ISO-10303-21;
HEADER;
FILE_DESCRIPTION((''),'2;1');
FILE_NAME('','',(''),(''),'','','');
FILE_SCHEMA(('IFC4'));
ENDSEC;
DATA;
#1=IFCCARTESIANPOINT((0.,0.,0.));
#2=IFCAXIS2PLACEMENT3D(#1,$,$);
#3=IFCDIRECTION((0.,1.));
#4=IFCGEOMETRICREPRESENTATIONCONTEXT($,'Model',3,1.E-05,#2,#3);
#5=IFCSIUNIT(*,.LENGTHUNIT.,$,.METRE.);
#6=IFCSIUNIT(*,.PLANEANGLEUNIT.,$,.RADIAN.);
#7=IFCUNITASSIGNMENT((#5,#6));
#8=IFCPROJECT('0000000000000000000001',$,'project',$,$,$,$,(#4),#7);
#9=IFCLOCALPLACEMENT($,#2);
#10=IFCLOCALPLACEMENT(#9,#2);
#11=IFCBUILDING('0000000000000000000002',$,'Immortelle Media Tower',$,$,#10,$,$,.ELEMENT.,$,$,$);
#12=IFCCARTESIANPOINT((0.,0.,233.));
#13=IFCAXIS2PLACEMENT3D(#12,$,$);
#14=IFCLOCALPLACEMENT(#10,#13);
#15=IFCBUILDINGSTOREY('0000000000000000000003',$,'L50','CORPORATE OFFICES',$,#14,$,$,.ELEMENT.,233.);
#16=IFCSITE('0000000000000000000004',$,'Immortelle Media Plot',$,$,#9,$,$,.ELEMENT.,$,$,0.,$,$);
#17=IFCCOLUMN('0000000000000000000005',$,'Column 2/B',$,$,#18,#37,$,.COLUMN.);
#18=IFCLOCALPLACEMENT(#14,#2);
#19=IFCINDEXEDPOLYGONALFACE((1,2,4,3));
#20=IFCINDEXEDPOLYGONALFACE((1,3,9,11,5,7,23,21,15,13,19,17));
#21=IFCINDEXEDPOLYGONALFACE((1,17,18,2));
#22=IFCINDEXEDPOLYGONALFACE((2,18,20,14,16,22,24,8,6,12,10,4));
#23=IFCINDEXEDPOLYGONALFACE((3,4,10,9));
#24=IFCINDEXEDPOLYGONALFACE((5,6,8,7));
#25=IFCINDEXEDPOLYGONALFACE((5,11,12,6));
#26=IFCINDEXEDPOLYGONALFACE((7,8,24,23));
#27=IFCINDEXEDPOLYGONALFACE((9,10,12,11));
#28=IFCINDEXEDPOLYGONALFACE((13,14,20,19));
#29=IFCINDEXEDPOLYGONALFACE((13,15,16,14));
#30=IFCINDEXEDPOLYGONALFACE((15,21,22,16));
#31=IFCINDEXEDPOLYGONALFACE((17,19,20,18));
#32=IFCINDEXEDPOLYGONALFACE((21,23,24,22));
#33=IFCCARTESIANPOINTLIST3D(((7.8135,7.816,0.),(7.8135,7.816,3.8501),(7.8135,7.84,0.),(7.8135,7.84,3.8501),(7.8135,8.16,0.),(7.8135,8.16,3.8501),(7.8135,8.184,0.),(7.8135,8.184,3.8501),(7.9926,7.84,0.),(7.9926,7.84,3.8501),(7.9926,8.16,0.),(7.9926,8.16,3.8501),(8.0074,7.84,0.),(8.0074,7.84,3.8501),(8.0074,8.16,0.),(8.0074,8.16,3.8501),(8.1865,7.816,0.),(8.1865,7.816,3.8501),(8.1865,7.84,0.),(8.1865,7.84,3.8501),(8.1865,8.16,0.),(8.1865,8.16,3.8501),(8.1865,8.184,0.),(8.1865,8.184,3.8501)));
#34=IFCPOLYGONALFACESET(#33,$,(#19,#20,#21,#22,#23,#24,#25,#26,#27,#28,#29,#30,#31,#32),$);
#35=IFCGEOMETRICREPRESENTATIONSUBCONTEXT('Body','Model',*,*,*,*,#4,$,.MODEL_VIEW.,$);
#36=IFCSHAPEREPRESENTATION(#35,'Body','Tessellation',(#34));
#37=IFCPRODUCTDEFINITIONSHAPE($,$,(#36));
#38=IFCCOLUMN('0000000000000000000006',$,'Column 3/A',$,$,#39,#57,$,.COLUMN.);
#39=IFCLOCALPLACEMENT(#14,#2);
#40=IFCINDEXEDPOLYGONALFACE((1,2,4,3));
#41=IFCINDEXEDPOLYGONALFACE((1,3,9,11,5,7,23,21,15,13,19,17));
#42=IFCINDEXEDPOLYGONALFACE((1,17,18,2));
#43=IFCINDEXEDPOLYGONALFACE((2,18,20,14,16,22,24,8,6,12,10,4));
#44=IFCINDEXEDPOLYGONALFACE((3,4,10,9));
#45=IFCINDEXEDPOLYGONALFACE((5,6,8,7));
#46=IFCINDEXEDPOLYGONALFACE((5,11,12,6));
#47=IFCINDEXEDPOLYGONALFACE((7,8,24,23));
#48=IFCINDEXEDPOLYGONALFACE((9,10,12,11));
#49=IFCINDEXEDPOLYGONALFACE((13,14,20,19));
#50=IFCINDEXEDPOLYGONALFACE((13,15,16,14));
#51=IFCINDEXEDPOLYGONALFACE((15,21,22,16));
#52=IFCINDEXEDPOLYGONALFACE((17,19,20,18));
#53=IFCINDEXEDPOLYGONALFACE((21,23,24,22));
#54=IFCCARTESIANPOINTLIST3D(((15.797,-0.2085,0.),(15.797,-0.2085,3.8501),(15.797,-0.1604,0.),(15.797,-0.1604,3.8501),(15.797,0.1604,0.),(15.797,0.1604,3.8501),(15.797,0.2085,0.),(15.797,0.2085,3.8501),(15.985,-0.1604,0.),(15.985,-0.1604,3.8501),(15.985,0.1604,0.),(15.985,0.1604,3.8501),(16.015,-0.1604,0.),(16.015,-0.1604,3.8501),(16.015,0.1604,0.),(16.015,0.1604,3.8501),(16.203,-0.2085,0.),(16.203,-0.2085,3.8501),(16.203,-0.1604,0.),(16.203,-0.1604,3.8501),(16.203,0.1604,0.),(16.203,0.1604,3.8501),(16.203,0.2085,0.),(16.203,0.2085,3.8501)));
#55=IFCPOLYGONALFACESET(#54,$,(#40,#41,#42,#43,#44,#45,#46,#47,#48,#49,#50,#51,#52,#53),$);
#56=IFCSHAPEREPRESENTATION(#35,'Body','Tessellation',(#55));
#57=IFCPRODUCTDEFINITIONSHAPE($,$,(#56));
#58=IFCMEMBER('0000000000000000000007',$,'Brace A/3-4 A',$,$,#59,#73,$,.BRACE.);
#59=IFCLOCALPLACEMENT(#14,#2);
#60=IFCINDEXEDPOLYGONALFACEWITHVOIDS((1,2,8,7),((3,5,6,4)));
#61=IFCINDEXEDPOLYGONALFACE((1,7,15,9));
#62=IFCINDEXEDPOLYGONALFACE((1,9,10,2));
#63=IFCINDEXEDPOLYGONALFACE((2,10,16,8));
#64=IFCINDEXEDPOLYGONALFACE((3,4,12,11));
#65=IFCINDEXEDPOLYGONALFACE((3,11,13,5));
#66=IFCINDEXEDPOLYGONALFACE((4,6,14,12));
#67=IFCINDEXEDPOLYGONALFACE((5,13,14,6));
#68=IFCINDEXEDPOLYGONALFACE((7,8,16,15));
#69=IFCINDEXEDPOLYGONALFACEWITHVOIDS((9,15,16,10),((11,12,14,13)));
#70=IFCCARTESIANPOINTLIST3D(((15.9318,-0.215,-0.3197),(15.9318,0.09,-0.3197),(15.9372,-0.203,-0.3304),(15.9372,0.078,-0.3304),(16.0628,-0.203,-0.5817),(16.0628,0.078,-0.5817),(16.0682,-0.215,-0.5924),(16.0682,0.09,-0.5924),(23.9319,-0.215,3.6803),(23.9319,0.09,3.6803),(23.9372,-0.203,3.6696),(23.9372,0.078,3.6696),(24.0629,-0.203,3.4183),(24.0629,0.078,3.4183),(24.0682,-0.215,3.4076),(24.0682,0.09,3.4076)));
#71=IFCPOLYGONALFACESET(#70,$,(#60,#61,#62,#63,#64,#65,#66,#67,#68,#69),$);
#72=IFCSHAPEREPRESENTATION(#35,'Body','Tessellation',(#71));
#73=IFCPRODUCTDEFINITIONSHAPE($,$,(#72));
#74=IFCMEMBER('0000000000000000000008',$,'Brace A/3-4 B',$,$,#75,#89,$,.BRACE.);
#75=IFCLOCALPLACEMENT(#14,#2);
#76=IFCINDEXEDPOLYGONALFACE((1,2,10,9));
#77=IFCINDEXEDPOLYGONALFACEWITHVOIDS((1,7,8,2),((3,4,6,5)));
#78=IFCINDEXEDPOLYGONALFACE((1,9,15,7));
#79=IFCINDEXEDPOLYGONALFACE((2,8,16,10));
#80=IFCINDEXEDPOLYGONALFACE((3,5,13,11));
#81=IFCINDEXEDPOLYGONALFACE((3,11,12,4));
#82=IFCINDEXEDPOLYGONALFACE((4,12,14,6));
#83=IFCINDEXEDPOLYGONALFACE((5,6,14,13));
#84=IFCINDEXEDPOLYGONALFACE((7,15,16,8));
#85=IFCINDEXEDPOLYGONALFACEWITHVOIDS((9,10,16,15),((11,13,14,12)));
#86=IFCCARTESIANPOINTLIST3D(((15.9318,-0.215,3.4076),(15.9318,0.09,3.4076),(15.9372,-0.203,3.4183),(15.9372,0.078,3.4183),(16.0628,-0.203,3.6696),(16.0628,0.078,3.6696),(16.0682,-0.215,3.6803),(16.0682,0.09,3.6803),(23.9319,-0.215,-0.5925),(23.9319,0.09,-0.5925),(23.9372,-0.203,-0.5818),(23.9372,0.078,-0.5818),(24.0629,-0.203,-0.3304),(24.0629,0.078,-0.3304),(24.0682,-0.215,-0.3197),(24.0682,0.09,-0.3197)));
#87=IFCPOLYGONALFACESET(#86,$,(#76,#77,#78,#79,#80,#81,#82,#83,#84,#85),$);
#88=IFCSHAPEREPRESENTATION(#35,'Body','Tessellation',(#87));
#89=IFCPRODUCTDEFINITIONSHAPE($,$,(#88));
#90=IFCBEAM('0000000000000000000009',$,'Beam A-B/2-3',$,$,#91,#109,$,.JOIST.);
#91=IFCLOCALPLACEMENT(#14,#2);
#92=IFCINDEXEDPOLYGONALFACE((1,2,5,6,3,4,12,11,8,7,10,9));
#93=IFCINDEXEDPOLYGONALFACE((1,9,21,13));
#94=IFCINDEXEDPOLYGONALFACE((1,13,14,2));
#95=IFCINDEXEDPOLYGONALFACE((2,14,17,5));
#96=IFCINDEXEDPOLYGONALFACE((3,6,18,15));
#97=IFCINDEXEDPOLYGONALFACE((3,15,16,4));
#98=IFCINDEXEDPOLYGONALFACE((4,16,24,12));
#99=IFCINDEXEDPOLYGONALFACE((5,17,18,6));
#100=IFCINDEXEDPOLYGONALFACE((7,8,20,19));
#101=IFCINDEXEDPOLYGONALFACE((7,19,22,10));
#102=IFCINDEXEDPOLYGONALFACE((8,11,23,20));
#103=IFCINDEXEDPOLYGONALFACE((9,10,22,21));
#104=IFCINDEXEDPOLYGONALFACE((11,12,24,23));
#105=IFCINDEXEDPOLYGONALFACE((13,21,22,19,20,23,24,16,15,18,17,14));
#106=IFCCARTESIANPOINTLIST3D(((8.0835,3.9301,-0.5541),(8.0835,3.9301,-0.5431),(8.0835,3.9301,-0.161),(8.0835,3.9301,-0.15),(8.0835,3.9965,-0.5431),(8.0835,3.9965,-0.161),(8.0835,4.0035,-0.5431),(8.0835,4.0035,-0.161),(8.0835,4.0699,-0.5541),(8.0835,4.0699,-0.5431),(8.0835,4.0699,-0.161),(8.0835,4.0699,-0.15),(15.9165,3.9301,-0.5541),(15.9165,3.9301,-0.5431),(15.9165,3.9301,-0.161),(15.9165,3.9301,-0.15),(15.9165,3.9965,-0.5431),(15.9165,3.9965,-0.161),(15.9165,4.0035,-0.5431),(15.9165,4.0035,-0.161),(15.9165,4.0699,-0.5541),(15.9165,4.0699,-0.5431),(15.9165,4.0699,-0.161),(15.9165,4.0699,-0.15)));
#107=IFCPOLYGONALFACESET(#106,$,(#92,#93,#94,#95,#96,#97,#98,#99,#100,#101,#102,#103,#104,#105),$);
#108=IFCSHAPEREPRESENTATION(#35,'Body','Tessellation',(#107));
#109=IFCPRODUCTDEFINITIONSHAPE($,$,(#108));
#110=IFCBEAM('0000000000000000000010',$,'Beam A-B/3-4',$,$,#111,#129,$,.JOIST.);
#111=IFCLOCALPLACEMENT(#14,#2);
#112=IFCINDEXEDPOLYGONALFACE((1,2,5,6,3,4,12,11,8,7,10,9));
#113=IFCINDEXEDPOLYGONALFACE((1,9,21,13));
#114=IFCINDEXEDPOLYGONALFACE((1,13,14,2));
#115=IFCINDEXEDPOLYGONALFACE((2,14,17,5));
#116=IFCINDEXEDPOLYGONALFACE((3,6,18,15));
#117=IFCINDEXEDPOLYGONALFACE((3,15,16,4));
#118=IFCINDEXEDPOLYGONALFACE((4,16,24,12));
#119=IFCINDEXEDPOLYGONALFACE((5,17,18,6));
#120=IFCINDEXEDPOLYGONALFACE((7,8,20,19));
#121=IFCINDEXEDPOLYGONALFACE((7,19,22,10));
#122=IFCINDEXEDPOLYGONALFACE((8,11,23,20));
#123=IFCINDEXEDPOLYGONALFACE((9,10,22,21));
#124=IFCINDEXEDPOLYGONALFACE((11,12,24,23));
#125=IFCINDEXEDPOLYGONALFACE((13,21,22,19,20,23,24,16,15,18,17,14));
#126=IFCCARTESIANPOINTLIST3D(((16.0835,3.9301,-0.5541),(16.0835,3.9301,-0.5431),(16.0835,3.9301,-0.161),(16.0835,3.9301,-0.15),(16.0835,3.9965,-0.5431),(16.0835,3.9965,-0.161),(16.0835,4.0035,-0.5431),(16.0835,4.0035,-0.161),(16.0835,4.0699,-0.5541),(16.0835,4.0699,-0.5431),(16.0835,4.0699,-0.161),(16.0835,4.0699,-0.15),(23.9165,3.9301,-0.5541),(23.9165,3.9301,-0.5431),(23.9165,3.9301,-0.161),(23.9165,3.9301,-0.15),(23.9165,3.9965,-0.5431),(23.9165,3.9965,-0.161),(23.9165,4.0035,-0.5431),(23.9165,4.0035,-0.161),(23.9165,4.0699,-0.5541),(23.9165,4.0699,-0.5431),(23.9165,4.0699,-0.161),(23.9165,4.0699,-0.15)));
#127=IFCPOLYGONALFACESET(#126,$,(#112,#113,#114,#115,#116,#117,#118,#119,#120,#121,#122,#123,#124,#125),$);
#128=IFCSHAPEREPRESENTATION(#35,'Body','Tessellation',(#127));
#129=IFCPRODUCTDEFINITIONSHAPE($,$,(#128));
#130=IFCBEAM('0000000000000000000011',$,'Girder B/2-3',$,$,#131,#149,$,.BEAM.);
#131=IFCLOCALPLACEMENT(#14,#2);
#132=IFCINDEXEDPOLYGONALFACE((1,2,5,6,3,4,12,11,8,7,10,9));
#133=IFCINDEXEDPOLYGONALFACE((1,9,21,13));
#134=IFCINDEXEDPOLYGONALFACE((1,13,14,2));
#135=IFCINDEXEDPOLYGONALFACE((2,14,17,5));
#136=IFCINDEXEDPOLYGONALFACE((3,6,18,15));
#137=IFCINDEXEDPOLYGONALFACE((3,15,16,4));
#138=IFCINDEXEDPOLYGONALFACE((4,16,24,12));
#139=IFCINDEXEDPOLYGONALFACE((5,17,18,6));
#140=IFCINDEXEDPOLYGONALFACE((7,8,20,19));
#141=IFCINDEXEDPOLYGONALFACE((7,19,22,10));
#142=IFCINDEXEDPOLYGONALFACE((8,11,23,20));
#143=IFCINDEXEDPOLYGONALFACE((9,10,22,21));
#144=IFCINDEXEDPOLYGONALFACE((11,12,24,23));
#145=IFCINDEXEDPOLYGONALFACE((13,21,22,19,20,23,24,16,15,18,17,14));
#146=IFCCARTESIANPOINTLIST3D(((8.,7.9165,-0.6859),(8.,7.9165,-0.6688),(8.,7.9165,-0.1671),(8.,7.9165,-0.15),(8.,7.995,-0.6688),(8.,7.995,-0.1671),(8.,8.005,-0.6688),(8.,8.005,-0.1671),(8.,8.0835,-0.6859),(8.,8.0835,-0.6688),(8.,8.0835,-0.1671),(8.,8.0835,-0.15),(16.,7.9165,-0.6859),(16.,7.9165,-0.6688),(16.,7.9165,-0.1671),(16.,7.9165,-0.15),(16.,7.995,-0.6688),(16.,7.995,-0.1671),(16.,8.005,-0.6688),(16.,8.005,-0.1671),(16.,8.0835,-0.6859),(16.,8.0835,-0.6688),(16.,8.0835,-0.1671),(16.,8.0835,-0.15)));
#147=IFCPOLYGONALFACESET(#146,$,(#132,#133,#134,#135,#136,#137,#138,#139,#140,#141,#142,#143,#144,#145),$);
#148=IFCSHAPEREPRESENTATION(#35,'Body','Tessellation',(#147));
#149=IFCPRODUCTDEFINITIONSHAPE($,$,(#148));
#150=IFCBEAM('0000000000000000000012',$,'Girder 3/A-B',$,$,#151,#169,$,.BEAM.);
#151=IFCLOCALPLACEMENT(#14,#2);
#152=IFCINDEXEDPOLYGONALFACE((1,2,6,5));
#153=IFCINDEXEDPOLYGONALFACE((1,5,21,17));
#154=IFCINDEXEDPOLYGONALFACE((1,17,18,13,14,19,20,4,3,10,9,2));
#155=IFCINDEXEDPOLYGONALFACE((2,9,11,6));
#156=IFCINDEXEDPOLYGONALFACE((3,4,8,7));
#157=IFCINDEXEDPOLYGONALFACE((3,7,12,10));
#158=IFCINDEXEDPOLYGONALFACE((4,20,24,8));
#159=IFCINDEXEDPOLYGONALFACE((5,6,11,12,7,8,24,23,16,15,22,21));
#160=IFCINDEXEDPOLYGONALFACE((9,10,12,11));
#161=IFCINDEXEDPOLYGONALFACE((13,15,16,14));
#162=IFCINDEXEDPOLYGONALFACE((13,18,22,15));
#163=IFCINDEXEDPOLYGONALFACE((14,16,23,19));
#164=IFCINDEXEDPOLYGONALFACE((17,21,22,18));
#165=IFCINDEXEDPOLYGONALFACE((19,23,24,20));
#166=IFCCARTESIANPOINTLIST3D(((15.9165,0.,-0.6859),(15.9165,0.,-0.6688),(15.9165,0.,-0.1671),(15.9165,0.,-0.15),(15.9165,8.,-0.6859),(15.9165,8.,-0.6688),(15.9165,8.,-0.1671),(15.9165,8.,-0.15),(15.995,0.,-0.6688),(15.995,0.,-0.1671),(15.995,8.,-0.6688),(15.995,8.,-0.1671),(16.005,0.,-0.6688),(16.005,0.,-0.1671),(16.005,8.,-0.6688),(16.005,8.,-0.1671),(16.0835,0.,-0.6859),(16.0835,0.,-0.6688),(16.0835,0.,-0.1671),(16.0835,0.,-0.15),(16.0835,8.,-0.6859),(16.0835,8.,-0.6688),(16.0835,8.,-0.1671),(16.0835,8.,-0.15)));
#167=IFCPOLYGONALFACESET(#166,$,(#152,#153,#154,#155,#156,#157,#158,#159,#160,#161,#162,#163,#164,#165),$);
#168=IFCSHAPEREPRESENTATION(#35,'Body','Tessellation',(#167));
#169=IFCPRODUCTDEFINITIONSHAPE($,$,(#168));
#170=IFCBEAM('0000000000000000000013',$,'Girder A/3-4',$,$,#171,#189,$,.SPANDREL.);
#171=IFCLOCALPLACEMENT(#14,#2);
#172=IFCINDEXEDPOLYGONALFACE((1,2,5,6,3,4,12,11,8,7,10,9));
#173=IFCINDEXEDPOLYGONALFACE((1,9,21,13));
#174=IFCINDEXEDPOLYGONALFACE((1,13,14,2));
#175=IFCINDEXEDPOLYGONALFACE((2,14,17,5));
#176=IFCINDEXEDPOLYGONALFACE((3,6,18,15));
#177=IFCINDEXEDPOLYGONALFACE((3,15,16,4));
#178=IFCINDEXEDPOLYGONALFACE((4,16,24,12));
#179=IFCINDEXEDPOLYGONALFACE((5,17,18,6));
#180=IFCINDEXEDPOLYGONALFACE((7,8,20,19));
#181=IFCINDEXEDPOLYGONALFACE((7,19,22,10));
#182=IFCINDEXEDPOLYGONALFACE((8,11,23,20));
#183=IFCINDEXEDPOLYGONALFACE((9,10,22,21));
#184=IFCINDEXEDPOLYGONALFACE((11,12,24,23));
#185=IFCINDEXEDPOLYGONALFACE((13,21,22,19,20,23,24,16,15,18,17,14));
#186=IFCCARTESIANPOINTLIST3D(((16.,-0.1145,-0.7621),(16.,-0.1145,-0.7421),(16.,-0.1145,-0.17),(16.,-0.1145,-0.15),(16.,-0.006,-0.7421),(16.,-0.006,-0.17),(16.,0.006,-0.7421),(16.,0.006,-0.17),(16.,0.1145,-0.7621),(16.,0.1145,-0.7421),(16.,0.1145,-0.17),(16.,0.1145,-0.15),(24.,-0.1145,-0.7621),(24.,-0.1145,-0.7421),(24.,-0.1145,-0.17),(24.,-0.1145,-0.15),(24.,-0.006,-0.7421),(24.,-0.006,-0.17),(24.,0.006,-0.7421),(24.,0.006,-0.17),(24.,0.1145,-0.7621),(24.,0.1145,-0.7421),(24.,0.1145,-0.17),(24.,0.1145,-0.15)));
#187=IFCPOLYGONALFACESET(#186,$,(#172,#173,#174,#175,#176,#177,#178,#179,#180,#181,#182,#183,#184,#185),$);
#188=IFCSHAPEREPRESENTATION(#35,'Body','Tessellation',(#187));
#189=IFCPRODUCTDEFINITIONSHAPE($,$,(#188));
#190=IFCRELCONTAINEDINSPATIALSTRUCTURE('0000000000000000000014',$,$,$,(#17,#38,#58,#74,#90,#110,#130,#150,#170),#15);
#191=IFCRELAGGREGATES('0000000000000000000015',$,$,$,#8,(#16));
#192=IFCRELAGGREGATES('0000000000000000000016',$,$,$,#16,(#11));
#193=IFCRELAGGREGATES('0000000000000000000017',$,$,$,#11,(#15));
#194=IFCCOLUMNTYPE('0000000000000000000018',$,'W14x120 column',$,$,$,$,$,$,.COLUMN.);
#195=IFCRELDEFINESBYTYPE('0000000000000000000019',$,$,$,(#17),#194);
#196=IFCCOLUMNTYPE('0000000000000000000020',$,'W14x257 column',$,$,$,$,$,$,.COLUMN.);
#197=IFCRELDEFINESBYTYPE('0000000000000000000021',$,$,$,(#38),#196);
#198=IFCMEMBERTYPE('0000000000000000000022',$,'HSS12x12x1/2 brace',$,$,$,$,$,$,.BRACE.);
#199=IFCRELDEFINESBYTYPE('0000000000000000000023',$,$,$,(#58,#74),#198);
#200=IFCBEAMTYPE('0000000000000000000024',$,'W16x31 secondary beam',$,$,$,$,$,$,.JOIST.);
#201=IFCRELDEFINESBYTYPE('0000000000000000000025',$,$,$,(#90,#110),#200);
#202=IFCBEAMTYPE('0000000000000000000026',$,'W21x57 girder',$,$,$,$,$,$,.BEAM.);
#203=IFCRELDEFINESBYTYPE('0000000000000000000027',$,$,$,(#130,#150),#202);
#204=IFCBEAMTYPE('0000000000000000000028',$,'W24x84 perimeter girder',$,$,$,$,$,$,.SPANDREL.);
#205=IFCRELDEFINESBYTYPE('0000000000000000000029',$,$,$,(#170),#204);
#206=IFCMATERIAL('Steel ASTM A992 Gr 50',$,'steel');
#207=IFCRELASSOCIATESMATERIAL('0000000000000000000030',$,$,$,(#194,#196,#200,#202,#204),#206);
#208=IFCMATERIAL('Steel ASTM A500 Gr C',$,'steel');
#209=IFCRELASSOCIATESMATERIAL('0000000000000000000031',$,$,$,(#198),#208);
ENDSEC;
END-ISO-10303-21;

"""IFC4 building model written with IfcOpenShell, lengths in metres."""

from ifc_helpers import new_model, si_unit, direction, frame, origin, origin_2d, place, context, subcontext, project, spatial, hollow_rectangle, i_section, extrude, material, material_profile, profile_set, type_object, element, save


model = new_model("IFC4")

# Units and contexts
model_context = context("Model", 3, precision=1e-05, world=origin(), true_north=direction((0.0, 1.0)))
body_context = subcontext(model_context, "Body", "Model", "MODEL_VIEW")
ifc_project = project(units=[si_unit("LENGTHUNIT", "METRE"), si_unit("PLANEANGLEUNIT", "RADIAN")], contexts=[model_context])

# Site, building, storey
site_placement = place(None, origin())
site = spatial("IfcSite", under=ifc_project, at=site_placement, Name="Immortelle Media Plot", CompositionType="ELEMENT", RefElevation=0.0)
building_placement = place(site_placement, origin())
building = spatial("IfcBuilding", under=site, at=building_placement, Name="Immortelle Media Tower", CompositionType="ELEMENT")
storey_placement = place(building_placement, frame((0.0, 0.0, 233.0)))
storey = spatial("IfcBuildingStorey", under=building, at=storey_placement, Name="L50", Description="CORPORATE OFFICES", CompositionType="ELEMENT", Elevation=233.0)

# Columns
ifc_material_1 = material(Name="Steel ASTM A992 Gr 50", Category="steel")
ifc_material_profile_1 = material_profile(ifc_material_1, i_section(OverallWidth=0.373, OverallDepth=0.3679, WebThickness=0.0149, FlangeThickness=0.0239, at=origin_2d()), Name="W14x120")
ifc_profile_set_1 = profile_set([ifc_material_profile_1], Name="Steel ASTM A992 Gr 50")
column_type_1 = type_object("IfcColumnType", Name="W14x120 column", PredefinedType="COLUMN", material=ifc_profile_set_1)
column_1_placement = place(storey_placement, frame((8.0, 8.0, 0.0), z_axis=(0.0, 0.0, 1.0), x_axis=(1.0, 0.0, 0.0)))
element("IfcColumn", 1, at=column_1_placement, inside=storey, type_object=column_type_1, Name="Column 2/B", PredefinedType="COLUMN", context=body_context, shape_type="SweptSolid", body=[
    extrude(i_section(OverallWidth=0.373, OverallDepth=0.3679, WebThickness=0.0149, FlangeThickness=0.0239, at=origin_2d()), origin(), (0.0, 0.0, 1.0), 3.8501),
])
ifc_material_profile_2 = material_profile(ifc_material_1, i_section(OverallWidth=0.406, OverallDepth=0.417, WebThickness=0.03, FlangeThickness=0.0481, at=origin_2d()), Name="W14x257")
ifc_profile_set_2 = profile_set([ifc_material_profile_2], Name="Steel ASTM A992 Gr 50")
column_type_2 = type_object("IfcColumnType", Name="W14x257 column", PredefinedType="COLUMN", material=ifc_profile_set_2)
column_2_placement = place(storey_placement, frame((16.0, 0.0, 0.0), z_axis=(0.0, 0.0, 1.0), x_axis=(1.0, 0.0, 0.0)))
element("IfcColumn", 2, at=column_2_placement, inside=storey, type_object=column_type_2, Name="Column 3/A", PredefinedType="COLUMN", context=body_context, shape_type="SweptSolid", body=[
    extrude(i_section(OverallWidth=0.406, OverallDepth=0.417, WebThickness=0.03, FlangeThickness=0.0481, at=origin_2d()), origin(), (0.0, 0.0, 1.0), 3.8501),
])

# Members
ifc_material_2 = material(Name="Steel ASTM A500 Gr C", Category="steel")
ifc_material_profile_3 = material_profile(ifc_material_2, hollow_rectangle(XDim=0.3049, YDim=0.3049, WallThickness=0.012, at=origin_2d()), Name="HSS12x12x1/2 brace")
ifc_profile_set_3 = profile_set([ifc_material_profile_3], Name="Steel ASTM A500 Gr C")
member_type = type_object("IfcMemberType", Name="HSS12x12x1/2 brace", PredefinedType="BRACE", material=ifc_profile_set_3)
for number, where, z_axis, x_axis, name in (
    (3, (16.0, -0.0625, -0.4561), (0.894427, 0.0, 0.447214), (0.0, 1.0, 0.0), "Brace A/3-4 A"),
    (4, (16.0, -0.0625, 3.5439), (0.894427, 0.0, -0.447214), (0.0, 1.0, 0.0), "Brace A/3-4 B"),
):
    element("IfcMember", number, at=place(storey_placement, frame(where, z_axis=z_axis, x_axis=x_axis)), inside=storey, type_object=member_type, Name=name, PredefinedType="BRACE", context=body_context, shape_type="SweptSolid", body=[
        extrude(hollow_rectangle(XDim=0.3049, YDim=0.3049, WallThickness=0.012, at=origin_2d()), origin(), (0.0, 0.0, 1.0), 8.9443),
    ])

# Beams
ifc_material_profile_4 = material_profile(ifc_material_1, i_section(OverallWidth=0.1399, OverallDepth=0.4041, WebThickness=0.0071, FlangeThickness=0.011, at=origin_2d()), Name="W16x31")
ifc_profile_set_4 = profile_set([ifc_material_profile_4], Name="Steel ASTM A992 Gr 50")
beam_type_1 = type_object("IfcBeamType", Name="W16x31 secondary beam", PredefinedType="JOIST", material=ifc_profile_set_4)
for number, where, z_axis, x_axis, name in (
    (5, (8.0835, 4.0, -0.3521), (1.0, 0.0, 0.0), (0.0, 1.0, 0.0), "Beam A-B/2-3"),
    (6, (16.0835, 4.0, -0.3521), (1.0, 0.0, 0.0), (0.0, 1.0, 0.0), "Beam A-B/3-4"),
):
    element("IfcBeam", number, at=place(storey_placement, frame(where, z_axis=z_axis, x_axis=x_axis)), inside=storey, type_object=beam_type_1, Name=name, PredefinedType="JOIST", context=body_context, shape_type="SweptSolid", body=[
        extrude(i_section(OverallWidth=0.1399, OverallDepth=0.4041, WebThickness=0.0071, FlangeThickness=0.011, at=origin_2d()), origin(), (0.0, 0.0, 1.0), 7.833),
    ])
ifc_material_profile_5 = material_profile(ifc_material_1, i_section(OverallWidth=0.167, OverallDepth=0.5359, WebThickness=0.01, FlangeThickness=0.0171, at=origin_2d()), Name="W21x57")
ifc_profile_set_5 = profile_set([ifc_material_profile_5], Name="Steel ASTM A992 Gr 50")
beam_type_2 = type_object("IfcBeamType", Name="W21x57 girder", PredefinedType="BEAM", material=ifc_profile_set_5)
for number, where, z_axis, x_axis, name in (
    (7, (8.0, 8.0, -0.418), (1.0, 0.0, 0.0), (0.0, 1.0, 0.0), "Girder B/2-3"),
    (8, (16.0, 0.0, -0.418), (0.0, 1.0, 0.0), (-1.0, 0.0, 0.0), "Girder 3/A-B"),
):
    element("IfcBeam", number, at=place(storey_placement, frame(where, z_axis=z_axis, x_axis=x_axis)), inside=storey, type_object=beam_type_2, Name=name, PredefinedType="BEAM", context=body_context, shape_type="SweptSolid", body=[
        extrude(i_section(OverallWidth=0.167, OverallDepth=0.5359, WebThickness=0.01, FlangeThickness=0.0171, at=origin_2d()), origin(), (0.0, 0.0, 1.0), 8.0),
    ])
ifc_material_profile_6 = material_profile(ifc_material_1, i_section(OverallWidth=0.229, OverallDepth=0.6121, WebThickness=0.012, FlangeThickness=0.02, at=origin_2d()), Name="W24x84")
ifc_profile_set_6 = profile_set([ifc_material_profile_6], Name="Steel ASTM A992 Gr 50")
beam_type_3 = type_object("IfcBeamType", Name="W24x84 perimeter girder", PredefinedType="SPANDREL", material=ifc_profile_set_6)
beam_placement = place(storey_placement, frame((16.0, 0.0, -0.4561), z_axis=(1.0, 0.0, 0.0), x_axis=(0.0, 1.0, 0.0)))
element("IfcBeam", 9, at=beam_placement, inside=storey, type_object=beam_type_3, Name="Girder A/3-4", PredefinedType="SPANDREL", context=body_context, shape_type="SweptSolid", body=[
    extrude(i_section(OverallWidth=0.229, OverallDepth=0.6121, WebThickness=0.012, FlangeThickness=0.02, at=origin_2d()), origin(), (0.0, 0.0, 1.0), 8.0),
])

save(model, "model.ifc")
